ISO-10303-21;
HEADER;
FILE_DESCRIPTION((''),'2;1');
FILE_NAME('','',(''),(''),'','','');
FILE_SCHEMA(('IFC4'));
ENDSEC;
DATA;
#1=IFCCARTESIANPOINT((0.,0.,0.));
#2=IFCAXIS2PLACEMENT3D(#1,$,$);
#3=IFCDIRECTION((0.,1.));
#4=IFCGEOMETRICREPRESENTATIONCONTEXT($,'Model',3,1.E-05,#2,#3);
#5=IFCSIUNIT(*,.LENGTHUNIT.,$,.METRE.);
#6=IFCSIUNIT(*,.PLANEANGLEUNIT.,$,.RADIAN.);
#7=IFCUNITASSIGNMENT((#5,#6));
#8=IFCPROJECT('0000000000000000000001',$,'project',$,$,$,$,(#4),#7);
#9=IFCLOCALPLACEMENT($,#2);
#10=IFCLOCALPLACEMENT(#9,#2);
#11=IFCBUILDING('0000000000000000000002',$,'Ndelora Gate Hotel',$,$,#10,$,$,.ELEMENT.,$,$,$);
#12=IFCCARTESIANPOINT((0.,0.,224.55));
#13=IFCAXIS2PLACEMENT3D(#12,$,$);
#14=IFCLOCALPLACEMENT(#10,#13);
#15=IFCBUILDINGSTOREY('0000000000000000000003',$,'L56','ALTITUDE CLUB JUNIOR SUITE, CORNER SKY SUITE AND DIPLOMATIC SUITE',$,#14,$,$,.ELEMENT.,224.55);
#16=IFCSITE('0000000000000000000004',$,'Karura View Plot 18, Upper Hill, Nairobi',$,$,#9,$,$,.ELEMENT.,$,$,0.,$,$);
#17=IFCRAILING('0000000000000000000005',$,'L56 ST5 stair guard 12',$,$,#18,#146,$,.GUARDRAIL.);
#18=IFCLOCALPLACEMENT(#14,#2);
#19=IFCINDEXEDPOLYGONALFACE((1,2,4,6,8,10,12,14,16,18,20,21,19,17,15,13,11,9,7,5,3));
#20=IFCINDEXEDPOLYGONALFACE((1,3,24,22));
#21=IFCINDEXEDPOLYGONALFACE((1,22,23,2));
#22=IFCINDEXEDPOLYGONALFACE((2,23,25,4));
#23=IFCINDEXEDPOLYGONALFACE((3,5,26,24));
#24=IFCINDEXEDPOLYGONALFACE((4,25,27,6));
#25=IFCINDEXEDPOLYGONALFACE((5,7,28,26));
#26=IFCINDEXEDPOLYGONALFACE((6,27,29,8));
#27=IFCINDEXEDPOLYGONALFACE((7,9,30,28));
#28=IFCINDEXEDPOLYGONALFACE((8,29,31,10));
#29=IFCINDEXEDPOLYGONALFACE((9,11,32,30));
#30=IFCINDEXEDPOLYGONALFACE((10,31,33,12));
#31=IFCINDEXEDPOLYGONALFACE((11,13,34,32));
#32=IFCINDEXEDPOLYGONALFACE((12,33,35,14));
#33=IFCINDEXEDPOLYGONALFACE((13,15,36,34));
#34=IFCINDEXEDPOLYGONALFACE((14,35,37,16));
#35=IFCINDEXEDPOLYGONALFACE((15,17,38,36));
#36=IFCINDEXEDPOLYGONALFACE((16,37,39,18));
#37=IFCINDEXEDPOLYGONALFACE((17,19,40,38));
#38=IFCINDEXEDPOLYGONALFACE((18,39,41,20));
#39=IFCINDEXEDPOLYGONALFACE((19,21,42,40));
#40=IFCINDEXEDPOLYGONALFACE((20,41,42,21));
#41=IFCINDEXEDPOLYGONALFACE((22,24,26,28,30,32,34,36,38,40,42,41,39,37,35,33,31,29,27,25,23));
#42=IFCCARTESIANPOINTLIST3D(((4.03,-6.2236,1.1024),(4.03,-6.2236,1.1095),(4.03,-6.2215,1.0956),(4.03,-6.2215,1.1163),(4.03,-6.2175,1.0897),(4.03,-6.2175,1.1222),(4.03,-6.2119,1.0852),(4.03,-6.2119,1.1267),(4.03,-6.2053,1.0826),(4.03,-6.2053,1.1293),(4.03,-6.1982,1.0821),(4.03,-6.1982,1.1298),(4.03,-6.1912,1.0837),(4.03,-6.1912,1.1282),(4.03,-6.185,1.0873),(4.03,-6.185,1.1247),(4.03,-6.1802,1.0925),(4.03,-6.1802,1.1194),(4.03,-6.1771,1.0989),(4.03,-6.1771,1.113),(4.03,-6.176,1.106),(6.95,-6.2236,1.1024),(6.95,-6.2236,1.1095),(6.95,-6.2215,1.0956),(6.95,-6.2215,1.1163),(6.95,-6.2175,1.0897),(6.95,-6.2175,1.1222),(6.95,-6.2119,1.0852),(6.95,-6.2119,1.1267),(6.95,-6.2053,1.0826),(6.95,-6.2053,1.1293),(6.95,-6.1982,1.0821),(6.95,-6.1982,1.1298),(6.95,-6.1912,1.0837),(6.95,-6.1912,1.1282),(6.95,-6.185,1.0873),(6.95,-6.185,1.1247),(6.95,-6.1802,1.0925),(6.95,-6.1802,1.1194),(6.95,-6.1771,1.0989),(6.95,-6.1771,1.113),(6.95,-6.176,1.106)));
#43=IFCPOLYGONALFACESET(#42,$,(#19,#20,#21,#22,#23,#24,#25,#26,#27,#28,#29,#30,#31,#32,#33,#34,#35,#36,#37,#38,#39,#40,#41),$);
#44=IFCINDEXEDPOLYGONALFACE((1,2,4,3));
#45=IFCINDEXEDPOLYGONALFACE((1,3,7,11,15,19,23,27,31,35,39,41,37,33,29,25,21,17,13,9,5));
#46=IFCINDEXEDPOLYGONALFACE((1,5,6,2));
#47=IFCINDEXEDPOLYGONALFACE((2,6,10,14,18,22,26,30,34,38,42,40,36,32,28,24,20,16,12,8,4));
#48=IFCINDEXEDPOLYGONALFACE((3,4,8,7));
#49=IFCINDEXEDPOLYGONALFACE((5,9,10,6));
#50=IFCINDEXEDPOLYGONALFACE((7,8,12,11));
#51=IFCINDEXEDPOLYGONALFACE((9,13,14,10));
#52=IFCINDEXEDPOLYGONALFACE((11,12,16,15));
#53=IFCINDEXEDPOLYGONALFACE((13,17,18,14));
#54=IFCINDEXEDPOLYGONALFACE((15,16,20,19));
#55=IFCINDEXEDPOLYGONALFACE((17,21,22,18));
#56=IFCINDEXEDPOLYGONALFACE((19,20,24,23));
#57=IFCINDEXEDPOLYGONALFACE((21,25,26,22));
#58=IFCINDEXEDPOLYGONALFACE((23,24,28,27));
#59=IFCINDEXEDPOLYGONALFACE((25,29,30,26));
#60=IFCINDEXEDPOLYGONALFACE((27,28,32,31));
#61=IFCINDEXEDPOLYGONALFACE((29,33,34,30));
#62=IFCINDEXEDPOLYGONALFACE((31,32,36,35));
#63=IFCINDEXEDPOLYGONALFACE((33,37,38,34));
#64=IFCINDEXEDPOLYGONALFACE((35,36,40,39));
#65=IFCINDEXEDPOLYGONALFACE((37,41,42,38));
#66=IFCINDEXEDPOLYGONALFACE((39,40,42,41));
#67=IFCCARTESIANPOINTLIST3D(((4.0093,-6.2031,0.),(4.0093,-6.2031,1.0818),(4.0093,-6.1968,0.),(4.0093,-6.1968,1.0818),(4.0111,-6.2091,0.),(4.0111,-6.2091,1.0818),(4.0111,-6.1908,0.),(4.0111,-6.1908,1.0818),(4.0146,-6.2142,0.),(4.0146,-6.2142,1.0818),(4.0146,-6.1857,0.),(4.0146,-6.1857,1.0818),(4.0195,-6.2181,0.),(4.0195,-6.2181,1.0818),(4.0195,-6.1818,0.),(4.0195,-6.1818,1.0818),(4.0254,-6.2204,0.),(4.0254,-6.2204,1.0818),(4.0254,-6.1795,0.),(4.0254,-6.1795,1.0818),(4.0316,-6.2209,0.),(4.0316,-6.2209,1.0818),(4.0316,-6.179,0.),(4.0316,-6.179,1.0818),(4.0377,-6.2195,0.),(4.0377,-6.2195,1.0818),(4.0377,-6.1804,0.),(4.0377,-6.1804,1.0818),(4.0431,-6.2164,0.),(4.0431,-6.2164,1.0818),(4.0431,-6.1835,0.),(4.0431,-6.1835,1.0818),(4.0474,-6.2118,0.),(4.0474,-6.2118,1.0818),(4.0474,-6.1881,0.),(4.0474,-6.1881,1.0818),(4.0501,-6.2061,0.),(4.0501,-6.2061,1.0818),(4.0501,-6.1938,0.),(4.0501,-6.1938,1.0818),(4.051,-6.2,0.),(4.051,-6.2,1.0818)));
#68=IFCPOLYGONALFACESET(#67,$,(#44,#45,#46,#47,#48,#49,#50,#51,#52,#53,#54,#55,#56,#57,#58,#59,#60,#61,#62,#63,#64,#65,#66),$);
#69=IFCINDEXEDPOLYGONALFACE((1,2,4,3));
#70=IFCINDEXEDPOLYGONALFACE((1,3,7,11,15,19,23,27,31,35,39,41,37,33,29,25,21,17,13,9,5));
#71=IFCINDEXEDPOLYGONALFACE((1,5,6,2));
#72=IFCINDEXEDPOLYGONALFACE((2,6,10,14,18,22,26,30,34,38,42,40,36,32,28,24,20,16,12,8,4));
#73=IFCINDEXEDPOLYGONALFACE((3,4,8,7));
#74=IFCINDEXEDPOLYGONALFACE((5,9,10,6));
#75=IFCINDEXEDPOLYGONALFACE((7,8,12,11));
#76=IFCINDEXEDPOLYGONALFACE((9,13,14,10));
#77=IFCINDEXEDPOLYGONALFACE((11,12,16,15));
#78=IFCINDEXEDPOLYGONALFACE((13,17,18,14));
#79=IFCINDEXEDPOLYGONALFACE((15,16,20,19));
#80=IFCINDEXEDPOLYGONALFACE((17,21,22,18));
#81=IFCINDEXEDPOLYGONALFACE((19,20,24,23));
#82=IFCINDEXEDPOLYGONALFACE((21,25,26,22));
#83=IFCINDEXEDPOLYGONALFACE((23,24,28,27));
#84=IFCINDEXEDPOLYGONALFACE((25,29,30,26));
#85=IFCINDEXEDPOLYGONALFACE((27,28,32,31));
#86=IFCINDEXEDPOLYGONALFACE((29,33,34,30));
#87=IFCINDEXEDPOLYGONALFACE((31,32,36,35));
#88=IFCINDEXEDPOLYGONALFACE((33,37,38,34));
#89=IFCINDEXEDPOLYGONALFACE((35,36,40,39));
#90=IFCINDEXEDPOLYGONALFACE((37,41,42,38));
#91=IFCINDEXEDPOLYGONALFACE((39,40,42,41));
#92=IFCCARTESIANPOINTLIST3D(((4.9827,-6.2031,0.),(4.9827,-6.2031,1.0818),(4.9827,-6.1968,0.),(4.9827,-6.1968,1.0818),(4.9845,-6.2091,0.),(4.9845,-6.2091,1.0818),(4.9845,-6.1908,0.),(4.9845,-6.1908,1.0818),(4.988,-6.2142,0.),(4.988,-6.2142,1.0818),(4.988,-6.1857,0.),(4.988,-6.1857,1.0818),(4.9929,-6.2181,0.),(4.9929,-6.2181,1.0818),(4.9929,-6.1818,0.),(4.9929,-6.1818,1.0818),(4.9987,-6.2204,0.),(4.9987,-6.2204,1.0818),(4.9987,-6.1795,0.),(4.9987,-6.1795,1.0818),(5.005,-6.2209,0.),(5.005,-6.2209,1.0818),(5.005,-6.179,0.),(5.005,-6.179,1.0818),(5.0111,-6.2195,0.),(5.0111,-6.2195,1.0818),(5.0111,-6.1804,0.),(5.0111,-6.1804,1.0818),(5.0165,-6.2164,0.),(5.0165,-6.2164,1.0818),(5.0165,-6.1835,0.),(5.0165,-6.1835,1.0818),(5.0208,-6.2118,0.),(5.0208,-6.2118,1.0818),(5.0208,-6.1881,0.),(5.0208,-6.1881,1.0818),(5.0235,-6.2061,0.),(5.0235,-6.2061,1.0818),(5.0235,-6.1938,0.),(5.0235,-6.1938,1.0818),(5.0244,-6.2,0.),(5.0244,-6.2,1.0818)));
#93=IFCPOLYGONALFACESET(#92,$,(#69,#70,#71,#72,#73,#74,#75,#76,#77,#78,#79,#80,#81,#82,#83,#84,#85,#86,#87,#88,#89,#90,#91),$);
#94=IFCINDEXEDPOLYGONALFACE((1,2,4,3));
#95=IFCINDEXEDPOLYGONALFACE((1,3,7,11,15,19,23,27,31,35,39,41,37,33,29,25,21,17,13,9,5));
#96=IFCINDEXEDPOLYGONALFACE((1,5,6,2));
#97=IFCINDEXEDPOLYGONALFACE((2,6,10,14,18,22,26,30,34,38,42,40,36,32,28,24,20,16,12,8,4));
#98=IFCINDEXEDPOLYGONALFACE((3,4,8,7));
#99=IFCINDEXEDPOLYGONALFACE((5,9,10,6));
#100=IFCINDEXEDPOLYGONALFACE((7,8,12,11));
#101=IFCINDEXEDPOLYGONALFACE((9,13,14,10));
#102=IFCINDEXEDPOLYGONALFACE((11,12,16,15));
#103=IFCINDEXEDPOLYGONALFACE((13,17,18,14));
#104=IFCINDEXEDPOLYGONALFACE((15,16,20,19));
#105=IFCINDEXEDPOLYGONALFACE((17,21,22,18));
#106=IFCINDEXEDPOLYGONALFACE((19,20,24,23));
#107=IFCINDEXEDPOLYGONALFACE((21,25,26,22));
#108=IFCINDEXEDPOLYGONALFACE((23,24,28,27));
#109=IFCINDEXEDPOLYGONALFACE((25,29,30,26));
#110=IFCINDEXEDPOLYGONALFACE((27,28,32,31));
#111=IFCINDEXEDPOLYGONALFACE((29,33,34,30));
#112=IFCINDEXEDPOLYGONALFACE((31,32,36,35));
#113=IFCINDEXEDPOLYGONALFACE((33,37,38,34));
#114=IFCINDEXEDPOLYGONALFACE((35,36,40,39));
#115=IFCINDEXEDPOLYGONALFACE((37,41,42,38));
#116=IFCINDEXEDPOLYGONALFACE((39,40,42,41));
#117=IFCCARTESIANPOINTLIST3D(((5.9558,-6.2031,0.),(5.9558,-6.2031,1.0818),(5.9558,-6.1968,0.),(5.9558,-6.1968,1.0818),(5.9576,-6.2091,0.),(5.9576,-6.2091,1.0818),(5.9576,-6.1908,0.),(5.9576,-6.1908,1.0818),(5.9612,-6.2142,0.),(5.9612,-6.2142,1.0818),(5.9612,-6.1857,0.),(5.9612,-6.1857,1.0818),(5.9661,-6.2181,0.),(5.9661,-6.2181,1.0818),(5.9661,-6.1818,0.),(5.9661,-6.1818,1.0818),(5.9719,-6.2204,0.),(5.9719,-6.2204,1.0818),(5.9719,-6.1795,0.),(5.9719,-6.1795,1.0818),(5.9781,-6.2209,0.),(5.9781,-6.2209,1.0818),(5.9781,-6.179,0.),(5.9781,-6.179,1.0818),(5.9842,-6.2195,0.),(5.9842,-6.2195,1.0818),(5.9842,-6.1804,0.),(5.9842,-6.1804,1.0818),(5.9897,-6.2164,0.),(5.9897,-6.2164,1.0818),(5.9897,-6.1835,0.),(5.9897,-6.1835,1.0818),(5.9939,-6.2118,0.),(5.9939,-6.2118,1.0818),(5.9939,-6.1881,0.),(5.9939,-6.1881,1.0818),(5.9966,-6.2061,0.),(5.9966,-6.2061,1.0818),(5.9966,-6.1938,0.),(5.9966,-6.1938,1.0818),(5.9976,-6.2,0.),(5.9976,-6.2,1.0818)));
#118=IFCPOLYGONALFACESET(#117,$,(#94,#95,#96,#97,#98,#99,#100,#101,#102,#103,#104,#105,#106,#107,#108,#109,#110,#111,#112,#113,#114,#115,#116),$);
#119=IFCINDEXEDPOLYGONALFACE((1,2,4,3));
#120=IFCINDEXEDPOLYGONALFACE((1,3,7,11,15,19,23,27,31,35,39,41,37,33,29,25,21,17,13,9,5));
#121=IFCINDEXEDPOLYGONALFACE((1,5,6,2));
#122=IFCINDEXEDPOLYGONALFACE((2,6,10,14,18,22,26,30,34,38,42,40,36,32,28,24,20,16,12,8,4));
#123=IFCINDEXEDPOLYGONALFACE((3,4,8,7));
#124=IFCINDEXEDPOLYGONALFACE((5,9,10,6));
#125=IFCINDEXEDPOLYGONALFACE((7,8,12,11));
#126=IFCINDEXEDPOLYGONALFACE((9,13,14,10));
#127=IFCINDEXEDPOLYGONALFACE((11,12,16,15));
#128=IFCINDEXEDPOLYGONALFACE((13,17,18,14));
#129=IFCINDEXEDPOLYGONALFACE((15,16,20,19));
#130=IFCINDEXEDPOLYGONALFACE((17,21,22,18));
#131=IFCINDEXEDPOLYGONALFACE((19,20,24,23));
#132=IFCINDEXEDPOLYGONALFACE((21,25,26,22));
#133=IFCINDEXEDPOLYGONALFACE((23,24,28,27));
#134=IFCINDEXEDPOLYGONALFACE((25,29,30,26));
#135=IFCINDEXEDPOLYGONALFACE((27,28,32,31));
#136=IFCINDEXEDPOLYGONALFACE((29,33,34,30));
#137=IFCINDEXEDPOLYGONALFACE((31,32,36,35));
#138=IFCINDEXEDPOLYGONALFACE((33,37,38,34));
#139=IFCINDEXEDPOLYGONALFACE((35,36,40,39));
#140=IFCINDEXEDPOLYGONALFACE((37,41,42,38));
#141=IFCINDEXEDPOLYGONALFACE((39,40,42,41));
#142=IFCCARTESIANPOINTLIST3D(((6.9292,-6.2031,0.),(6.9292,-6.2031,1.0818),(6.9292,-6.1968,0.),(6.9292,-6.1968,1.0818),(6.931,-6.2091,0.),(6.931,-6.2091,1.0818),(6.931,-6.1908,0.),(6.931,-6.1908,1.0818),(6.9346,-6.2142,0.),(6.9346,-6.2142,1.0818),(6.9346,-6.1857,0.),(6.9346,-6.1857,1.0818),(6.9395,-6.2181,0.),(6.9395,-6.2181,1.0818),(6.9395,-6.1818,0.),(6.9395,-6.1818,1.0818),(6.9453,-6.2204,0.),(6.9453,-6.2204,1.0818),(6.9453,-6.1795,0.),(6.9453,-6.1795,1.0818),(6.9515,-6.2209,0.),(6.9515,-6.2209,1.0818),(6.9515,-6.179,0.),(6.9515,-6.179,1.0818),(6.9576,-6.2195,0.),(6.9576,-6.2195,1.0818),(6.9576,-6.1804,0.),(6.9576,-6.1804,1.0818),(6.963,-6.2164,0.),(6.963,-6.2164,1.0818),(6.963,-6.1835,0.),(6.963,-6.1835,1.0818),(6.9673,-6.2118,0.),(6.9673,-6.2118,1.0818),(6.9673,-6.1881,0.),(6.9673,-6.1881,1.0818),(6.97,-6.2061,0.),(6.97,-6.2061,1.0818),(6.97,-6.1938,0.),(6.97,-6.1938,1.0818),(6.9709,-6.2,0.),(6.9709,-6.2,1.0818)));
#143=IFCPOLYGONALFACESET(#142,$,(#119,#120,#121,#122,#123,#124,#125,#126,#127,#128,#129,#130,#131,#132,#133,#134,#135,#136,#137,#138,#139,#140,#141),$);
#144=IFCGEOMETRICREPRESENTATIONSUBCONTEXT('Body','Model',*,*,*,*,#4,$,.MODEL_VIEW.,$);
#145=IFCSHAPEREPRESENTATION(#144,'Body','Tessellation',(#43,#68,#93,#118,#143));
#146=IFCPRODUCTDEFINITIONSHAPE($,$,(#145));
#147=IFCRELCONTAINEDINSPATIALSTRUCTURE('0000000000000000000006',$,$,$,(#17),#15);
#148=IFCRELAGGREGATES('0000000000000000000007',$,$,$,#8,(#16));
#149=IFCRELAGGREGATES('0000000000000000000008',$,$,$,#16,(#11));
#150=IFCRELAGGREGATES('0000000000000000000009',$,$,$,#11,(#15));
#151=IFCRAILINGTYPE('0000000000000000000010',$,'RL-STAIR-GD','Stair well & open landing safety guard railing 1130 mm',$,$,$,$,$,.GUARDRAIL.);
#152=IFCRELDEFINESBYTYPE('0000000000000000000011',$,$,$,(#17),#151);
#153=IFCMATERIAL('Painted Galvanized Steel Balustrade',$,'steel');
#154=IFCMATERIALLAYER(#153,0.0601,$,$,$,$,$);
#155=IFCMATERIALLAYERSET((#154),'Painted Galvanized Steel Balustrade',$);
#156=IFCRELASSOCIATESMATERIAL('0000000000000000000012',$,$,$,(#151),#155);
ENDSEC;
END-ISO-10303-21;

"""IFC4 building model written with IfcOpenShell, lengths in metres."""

from ifc_helpers import new_model, si_unit, direction, frame, origin, origin_2d, place, context, subcontext, project, spatial, circle, extrude, material, layer, layer_set, type_object, element, save


model = new_model("IFC4")

# Units and contexts
model_context = context("Model", 3, precision=1e-05, world=origin(), true_north=direction((0.0, 1.0)))
body_context = subcontext(model_context, "Body", "Model", "MODEL_VIEW")
ifc_project = project(units=[si_unit("LENGTHUNIT", "METRE"), si_unit("PLANEANGLEUNIT", "RADIAN")], contexts=[model_context])

# Site, building, storey
site_placement = place(None, origin())
site = spatial("IfcSite", under=ifc_project, at=site_placement, Name="Karura View Plot 18, Upper Hill, Nairobi", CompositionType="ELEMENT", RefElevation=0.0)
building_placement = place(site_placement, origin())
building = spatial("IfcBuilding", under=site, at=building_placement, Name="Ndelora Gate Hotel", CompositionType="ELEMENT")
storey_placement = place(building_placement, frame((0.0, 0.0, 224.55)))
storey = spatial("IfcBuildingStorey", under=building, at=storey_placement, Name="L56", Description="ALTITUDE CLUB JUNIOR SUITE, CORNER SKY SUITE AND DIPLOMATIC SUITE", CompositionType="ELEMENT", Elevation=224.55)

# Railing
ifc_material_1 = material(Name="Painted Galvanized Steel Balustrade", Category="steel")
ifc_layer_1 = layer(ifc_material_1, 0.0601)
ifc_layer_set_1 = layer_set([ifc_layer_1], Name="Painted Galvanized Steel Balustrade")
railing_type_1 = type_object("IfcRailingType", Name="RL-STAIR-GD", Description="Stair well & open landing safety guard railing 1130 mm", PredefinedType="GUARDRAIL", material=ifc_layer_set_1)
railing_1_placement = place(storey_placement, frame((4.03, -6.2, 0.0)))
element("IfcRailing", 1, at=railing_1_placement, inside=storey, type_object=railing_type_1, Name="L56 ST5 stair guard 12", PredefinedType="GUARDRAIL", context=body_context, shape_type="SweptSolid", body=[
    extrude(circle(Radius=0.0239, at=origin_2d()), frame((0.0, 0.0, 1.106), z_axis=(1.0, 0.0, 0.0), x_axis=(0.0, 1.0, 0.0)), (0.0, 0.0, 1.0), 2.9199),
    extrude(circle(Radius=0.021, at=origin_2d()), origin(), (0.0, 0.0, 1.0), 1.0818),
    extrude(circle(Radius=0.021, at=origin_2d()), frame((0.9734, 0.0, 0.0)), (0.0, 0.0, 1.0), 1.0818),
    extrude(circle(Radius=0.021, at=origin_2d()), frame((1.9465, 0.0, 0.0)), (0.0, 0.0, 1.0), 1.0818),
    extrude(circle(Radius=0.021, at=origin_2d()), frame((2.9199, 0.0, 0.0)), (0.0, 0.0, 1.0), 1.0818),
])

save(model, "model.ifc")
